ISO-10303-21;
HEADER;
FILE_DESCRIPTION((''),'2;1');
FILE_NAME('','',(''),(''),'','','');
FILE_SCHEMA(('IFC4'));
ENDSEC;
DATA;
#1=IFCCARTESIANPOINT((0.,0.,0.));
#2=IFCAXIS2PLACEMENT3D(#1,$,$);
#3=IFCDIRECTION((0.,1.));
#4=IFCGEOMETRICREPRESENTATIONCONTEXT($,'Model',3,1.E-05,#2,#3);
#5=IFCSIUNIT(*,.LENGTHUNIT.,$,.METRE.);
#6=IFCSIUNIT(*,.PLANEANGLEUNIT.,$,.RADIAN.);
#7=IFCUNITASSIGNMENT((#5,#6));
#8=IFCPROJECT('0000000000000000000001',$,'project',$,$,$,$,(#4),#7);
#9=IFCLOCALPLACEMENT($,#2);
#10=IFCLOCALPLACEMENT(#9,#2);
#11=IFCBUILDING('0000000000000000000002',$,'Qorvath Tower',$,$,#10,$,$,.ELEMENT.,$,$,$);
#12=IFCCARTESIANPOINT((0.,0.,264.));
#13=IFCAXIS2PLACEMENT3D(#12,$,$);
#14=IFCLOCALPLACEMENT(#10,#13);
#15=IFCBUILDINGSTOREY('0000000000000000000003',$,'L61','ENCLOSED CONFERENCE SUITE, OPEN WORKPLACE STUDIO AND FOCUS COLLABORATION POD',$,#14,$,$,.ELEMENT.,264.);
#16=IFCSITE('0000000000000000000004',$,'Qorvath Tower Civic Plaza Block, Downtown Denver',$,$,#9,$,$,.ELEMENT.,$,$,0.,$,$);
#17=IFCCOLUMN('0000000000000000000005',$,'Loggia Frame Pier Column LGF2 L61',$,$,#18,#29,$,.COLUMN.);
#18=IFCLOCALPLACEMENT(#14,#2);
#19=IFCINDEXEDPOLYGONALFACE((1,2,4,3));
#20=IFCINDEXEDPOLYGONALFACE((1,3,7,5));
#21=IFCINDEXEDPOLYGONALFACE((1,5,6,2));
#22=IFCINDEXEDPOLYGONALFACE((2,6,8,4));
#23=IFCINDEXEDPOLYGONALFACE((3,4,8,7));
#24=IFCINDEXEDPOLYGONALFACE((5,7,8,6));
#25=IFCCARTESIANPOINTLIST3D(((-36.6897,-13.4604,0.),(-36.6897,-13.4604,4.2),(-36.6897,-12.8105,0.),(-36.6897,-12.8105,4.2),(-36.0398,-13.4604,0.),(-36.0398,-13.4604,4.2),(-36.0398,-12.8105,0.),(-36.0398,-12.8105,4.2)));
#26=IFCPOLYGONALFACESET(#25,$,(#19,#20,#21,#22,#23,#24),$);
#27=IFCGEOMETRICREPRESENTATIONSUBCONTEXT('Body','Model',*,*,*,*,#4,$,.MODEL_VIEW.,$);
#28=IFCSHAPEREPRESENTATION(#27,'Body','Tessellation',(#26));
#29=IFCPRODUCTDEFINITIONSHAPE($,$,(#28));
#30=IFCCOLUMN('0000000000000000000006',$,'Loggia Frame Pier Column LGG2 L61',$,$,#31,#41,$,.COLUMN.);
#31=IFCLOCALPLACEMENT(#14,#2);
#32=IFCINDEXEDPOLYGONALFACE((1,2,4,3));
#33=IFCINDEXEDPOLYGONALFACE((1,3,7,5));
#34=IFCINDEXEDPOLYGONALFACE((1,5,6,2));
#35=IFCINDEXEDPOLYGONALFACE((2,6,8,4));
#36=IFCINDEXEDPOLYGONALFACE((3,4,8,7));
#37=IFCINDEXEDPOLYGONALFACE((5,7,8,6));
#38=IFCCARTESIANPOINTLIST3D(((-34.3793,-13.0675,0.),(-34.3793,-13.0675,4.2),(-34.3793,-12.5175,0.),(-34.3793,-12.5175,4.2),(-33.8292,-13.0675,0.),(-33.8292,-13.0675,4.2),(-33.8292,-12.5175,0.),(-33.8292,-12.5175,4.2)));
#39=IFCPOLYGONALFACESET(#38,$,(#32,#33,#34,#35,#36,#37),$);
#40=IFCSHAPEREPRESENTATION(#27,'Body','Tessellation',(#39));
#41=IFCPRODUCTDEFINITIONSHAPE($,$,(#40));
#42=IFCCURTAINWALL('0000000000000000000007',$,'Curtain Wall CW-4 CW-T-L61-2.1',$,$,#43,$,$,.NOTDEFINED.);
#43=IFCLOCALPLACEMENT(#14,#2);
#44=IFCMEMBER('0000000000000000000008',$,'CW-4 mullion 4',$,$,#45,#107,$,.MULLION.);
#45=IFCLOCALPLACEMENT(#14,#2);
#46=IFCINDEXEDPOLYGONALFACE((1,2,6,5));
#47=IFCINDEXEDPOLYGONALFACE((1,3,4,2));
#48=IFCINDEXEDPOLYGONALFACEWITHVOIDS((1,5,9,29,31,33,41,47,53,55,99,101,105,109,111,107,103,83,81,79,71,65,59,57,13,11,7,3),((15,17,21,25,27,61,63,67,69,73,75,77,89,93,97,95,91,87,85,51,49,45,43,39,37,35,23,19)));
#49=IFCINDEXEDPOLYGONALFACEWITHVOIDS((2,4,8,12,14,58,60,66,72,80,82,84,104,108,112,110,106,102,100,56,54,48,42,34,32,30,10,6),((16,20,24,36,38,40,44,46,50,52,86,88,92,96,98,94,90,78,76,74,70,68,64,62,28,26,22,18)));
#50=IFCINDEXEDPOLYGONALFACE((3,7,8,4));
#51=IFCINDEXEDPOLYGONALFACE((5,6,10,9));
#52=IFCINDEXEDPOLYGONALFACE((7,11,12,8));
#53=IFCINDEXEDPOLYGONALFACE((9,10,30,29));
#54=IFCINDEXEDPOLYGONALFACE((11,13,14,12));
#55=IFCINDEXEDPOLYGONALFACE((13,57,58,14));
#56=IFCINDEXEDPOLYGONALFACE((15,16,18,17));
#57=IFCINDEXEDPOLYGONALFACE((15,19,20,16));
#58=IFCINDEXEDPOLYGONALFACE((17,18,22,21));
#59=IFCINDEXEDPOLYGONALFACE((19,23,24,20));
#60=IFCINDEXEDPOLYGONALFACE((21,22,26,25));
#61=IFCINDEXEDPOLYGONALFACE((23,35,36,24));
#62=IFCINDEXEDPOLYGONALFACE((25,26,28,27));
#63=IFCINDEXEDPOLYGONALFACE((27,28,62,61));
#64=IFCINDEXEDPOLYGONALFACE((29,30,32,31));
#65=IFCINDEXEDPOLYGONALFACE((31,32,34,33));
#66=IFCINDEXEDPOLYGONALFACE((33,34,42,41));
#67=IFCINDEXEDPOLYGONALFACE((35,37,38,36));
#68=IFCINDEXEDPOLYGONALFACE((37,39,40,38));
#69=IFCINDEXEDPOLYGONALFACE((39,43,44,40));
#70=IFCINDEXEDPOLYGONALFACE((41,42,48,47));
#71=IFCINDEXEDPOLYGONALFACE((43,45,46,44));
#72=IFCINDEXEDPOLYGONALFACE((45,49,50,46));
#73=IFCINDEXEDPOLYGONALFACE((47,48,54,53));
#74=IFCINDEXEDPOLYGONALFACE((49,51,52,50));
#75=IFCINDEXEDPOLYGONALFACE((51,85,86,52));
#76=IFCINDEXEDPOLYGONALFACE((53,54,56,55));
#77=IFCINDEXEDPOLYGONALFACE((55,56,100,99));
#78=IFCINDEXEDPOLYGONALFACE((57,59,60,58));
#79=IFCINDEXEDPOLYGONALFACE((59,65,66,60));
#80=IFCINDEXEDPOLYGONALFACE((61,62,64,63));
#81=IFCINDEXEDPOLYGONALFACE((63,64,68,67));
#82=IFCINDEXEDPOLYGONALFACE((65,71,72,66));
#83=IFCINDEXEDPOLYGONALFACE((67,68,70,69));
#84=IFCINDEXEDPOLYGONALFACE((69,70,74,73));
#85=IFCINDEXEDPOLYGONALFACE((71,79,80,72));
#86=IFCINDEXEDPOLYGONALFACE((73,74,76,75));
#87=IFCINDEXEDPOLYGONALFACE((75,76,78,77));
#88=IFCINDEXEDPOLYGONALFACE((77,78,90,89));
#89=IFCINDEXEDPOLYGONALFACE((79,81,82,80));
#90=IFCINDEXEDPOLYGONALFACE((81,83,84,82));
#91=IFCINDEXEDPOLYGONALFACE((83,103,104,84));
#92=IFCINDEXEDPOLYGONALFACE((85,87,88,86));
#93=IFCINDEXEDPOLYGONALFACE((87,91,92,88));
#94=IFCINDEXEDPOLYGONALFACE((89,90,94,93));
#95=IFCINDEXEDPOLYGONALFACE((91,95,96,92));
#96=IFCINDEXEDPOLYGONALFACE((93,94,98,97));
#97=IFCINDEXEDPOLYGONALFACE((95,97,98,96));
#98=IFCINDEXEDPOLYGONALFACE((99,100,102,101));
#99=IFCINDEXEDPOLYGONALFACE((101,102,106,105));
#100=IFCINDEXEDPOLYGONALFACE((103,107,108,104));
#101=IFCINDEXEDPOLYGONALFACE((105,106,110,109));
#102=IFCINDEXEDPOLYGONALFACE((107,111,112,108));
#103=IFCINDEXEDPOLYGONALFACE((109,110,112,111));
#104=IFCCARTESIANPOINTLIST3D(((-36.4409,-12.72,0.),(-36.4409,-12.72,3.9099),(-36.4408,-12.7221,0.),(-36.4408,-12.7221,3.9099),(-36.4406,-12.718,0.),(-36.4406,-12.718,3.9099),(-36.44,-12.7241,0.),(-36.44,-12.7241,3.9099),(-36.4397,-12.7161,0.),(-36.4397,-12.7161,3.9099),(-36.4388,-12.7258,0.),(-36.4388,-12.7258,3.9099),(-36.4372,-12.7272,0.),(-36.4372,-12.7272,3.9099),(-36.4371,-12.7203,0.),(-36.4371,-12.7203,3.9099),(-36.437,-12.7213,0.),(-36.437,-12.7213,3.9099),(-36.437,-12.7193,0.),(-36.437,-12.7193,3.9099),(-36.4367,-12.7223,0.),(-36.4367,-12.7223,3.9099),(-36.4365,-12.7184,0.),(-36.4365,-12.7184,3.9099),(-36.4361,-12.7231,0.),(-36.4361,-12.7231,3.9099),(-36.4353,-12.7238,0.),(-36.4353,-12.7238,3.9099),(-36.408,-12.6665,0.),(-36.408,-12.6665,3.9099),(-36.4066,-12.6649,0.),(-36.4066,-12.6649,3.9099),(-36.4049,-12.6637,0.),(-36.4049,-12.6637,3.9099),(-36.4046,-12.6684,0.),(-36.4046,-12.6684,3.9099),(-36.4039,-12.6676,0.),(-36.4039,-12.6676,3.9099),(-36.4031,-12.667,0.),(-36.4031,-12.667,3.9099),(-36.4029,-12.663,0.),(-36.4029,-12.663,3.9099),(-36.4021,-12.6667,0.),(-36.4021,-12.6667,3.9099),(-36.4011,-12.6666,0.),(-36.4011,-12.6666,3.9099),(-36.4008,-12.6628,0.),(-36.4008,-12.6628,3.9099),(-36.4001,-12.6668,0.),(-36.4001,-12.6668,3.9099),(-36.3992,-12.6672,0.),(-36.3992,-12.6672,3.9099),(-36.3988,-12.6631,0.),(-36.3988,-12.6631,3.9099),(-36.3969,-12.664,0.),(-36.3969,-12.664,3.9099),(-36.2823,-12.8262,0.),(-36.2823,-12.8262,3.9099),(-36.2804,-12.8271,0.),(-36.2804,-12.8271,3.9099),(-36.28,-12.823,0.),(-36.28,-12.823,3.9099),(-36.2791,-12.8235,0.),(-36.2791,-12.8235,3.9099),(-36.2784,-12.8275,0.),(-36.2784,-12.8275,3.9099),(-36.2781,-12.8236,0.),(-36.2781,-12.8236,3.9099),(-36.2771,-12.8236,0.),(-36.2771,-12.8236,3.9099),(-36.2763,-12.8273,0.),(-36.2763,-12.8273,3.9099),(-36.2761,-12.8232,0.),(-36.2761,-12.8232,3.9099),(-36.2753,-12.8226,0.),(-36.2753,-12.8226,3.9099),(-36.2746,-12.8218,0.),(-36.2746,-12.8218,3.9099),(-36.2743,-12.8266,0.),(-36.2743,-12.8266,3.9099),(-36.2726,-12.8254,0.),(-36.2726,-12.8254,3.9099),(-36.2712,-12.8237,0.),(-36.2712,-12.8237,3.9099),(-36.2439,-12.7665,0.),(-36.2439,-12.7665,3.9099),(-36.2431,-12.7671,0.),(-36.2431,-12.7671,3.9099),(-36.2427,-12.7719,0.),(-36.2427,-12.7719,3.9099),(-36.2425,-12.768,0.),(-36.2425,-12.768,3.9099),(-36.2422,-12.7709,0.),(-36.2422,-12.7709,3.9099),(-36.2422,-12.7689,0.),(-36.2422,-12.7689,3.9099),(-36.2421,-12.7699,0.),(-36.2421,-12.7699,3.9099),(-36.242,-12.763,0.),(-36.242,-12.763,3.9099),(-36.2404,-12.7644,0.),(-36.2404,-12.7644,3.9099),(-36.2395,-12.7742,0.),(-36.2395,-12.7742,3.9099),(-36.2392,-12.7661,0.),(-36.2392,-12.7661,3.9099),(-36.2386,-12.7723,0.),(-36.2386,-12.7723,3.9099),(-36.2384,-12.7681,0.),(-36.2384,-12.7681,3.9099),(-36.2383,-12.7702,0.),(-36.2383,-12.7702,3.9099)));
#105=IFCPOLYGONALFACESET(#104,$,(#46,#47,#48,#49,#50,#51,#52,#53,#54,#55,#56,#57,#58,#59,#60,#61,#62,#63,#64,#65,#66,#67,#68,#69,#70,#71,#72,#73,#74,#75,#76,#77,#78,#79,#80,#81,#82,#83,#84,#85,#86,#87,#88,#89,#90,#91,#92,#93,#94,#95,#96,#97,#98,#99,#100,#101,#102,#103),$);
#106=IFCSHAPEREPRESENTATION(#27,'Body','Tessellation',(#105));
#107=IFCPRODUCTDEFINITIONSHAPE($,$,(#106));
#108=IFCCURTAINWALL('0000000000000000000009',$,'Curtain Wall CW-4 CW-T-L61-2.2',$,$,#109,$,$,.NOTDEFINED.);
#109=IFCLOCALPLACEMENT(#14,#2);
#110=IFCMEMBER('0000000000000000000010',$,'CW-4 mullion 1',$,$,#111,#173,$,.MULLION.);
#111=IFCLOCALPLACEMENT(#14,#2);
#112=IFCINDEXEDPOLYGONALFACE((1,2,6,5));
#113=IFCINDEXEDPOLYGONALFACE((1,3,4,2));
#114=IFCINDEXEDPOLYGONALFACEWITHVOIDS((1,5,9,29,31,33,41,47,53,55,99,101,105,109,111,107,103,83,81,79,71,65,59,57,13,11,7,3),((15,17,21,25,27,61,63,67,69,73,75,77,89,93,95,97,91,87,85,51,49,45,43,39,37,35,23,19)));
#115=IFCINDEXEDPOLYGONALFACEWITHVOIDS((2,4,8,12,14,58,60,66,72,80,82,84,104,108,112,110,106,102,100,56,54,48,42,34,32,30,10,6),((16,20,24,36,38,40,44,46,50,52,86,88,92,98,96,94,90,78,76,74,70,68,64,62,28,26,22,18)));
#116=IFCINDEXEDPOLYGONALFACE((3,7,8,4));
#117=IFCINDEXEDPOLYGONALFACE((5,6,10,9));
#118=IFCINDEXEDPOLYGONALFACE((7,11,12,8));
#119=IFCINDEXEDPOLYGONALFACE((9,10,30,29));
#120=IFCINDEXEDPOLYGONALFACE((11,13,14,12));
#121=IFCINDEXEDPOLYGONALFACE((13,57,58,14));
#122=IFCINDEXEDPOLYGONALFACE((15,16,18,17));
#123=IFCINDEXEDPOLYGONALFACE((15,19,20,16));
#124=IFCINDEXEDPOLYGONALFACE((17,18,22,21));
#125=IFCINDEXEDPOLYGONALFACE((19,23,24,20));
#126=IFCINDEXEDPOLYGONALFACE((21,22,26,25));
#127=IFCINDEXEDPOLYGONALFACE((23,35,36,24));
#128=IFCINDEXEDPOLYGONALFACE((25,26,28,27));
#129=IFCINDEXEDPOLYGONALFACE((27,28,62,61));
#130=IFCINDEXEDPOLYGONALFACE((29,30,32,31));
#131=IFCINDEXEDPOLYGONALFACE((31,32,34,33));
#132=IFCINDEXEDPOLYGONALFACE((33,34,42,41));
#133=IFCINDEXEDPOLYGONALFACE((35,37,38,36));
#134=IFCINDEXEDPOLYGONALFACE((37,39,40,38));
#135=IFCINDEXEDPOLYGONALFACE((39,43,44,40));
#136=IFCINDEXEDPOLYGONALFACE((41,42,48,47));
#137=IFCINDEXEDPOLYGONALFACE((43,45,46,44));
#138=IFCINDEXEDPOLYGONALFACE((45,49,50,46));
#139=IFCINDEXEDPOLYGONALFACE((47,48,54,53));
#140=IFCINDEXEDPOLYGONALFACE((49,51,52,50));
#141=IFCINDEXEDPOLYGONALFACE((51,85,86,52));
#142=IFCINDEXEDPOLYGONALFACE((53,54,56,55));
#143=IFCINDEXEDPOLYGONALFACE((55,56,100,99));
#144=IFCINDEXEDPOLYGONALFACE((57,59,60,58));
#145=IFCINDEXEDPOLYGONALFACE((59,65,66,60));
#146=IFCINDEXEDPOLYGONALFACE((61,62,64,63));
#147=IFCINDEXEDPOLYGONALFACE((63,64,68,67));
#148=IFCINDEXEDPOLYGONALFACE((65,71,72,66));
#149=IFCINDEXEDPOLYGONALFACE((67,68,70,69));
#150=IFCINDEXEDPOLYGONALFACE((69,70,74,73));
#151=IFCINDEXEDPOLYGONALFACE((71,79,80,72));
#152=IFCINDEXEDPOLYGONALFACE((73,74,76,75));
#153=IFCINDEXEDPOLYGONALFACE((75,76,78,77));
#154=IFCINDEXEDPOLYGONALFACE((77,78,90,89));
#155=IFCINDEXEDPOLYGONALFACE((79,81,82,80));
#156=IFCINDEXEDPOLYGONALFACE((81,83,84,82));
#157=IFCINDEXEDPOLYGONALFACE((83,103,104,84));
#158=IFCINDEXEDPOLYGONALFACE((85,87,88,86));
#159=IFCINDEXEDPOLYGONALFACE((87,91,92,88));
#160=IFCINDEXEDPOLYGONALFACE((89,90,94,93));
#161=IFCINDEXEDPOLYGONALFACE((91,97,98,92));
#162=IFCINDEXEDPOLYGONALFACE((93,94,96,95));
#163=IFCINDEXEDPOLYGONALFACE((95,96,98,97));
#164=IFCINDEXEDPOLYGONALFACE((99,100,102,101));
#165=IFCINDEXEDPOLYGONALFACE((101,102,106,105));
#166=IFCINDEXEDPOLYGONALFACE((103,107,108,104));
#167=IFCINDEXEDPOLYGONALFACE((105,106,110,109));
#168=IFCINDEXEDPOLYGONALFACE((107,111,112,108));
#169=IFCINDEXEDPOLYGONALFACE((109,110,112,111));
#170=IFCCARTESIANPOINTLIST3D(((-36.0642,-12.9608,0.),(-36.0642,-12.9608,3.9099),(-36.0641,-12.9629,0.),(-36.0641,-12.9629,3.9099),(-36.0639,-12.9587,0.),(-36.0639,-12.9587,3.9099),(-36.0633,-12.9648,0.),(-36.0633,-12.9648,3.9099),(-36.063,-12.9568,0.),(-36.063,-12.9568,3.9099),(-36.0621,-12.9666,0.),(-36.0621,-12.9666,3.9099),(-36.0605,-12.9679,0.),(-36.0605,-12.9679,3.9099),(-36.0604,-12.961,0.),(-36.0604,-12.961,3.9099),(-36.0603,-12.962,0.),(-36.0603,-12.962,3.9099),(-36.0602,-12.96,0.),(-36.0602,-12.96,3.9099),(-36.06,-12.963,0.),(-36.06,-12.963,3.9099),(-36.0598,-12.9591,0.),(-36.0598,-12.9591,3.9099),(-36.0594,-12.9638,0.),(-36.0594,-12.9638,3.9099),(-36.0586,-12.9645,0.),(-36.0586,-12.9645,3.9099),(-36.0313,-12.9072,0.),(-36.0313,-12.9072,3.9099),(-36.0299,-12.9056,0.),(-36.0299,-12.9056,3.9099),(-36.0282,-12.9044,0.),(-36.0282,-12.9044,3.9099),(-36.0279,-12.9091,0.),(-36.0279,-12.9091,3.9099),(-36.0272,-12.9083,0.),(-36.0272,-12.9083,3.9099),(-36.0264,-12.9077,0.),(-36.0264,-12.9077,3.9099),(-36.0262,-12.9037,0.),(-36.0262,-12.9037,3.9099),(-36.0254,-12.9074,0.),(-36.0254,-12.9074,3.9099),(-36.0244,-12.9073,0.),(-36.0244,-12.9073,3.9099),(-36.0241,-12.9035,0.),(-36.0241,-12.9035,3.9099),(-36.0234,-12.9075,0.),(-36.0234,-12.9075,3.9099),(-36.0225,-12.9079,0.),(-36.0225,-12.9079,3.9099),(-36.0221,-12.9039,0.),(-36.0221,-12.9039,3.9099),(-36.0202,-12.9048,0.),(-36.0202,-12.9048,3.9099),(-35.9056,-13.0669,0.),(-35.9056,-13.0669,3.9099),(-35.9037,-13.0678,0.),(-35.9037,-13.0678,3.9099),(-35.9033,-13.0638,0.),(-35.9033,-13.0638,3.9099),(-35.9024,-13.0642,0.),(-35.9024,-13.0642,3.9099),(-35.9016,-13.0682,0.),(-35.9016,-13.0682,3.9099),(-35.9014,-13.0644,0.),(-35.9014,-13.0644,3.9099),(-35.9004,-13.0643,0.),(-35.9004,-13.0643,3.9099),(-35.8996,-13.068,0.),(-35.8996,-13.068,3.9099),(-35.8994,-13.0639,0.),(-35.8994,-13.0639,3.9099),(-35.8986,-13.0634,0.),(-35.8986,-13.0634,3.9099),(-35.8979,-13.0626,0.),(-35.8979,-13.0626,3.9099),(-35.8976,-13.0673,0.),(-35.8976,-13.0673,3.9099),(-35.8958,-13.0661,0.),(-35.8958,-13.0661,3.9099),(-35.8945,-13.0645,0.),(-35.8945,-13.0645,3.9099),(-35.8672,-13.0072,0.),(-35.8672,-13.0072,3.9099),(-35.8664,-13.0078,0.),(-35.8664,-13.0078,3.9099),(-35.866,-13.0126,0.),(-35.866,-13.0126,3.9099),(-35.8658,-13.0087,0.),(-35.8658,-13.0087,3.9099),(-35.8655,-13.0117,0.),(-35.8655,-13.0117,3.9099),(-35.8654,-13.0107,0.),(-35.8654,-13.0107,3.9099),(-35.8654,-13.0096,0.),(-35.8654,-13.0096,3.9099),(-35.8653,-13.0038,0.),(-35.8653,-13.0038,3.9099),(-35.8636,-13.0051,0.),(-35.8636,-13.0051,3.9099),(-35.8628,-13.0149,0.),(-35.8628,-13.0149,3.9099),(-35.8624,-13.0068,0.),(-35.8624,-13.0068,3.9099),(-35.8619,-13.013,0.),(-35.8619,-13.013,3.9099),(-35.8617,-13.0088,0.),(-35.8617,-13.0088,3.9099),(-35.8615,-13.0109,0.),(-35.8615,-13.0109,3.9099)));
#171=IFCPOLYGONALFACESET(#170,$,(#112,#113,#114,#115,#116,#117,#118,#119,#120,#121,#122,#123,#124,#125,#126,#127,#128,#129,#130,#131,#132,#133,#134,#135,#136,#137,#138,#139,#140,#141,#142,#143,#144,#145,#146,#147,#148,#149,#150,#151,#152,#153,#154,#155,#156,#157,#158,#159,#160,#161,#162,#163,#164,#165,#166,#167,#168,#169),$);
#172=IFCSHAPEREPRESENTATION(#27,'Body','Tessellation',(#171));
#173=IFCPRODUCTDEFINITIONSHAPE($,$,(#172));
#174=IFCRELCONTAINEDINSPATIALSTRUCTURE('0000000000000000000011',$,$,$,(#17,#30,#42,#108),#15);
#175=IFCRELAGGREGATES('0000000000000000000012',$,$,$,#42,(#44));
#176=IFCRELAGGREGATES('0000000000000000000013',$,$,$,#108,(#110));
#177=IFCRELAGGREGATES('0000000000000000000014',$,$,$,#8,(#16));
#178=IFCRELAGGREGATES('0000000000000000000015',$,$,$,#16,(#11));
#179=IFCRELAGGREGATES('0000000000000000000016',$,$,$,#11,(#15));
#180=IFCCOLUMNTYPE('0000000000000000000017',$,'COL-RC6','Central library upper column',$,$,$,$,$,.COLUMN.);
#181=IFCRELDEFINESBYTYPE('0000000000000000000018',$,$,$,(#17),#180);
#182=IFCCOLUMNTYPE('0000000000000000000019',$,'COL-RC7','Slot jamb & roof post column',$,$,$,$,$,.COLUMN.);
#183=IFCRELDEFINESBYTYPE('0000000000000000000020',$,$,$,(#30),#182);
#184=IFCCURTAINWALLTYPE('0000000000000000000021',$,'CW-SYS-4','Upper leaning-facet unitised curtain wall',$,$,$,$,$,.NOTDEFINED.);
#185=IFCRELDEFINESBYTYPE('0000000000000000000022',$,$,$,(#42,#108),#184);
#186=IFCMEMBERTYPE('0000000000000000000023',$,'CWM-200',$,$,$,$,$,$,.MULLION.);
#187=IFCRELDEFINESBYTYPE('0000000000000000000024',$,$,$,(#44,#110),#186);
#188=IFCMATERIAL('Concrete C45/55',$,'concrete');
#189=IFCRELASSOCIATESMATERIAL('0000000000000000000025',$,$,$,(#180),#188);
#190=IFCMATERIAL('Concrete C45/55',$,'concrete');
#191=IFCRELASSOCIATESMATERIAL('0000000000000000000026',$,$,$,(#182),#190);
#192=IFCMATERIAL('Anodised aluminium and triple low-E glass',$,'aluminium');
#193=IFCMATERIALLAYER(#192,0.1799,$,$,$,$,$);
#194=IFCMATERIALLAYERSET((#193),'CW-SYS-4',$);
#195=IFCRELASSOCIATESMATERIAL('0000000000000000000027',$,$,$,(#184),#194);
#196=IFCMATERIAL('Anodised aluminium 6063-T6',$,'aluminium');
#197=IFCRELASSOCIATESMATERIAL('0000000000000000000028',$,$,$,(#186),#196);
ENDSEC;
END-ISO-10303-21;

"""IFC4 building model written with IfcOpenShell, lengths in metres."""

from ifc_helpers import new_model, si_unit, direction, frame, origin, origin_2d, place, context, subcontext, project, spatial, rectangle, hollow_rectangle, extrude, material, layer, layer_set, material_profile, profile_set, type_object, element, aggregate, save


model = new_model("IFC4")

# Units and contexts
model_context = context("Model", 3, precision=1e-05, world=origin(), true_north=direction((0.0, 1.0)))
body_context = subcontext(model_context, "Body", "Model", "MODEL_VIEW")
ifc_project = project(units=[si_unit("LENGTHUNIT", "METRE"), si_unit("PLANEANGLEUNIT", "RADIAN")], contexts=[model_context])

# Site, building, storey
site_placement = place(None, origin())
site = spatial("IfcSite", under=ifc_project, at=site_placement, Name="Qorvath Tower Civic Plaza Block, Downtown Denver", CompositionType="ELEMENT", RefElevation=0.0)
building_placement = place(site_placement, origin())
building = spatial("IfcBuilding", under=site, at=building_placement, Name="Qorvath Tower", CompositionType="ELEMENT")
storey_placement = place(building_placement, frame((0.0, 0.0, 264.0)))
storey = spatial("IfcBuildingStorey", under=building, at=storey_placement, Name="L61", Description="ENCLOSED CONFERENCE SUITE, OPEN WORKPLACE STUDIO AND FOCUS COLLABORATION POD", CompositionType="ELEMENT", Elevation=264.0)

# Columns
ifc_material_1 = material(Name="Concrete C45/55", Category="concrete")
ifc_material_profile_1 = material_profile(ifc_material_1, rectangle(XDim=0.6499, YDim=0.6499, at=origin_2d()), Name="RC 650x650")
ifc_profile_set_1 = profile_set([ifc_material_profile_1], Name="Concrete C45/55")
column_type_1 = type_object("IfcColumnType", Name="COL-RC6", Description="Central library upper column", PredefinedType="COLUMN", material=ifc_profile_set_1)
column_1_placement = place(storey_placement, frame((-36.3647, -13.1355, 0.0), z_axis=(0.0, 0.0, 1.0), x_axis=(1.0, 0.0, 0.0)))
element("IfcColumn", 1, at=column_1_placement, inside=storey, type_object=column_type_1, Name="Loggia Frame Pier Column LGF2 L61", PredefinedType="COLUMN", context=body_context, shape_type="SweptSolid", body=[
    extrude(rectangle(XDim=0.6499, YDim=0.6499, at=origin_2d()), origin(), (0.0, 0.0, 1.0), 4.2),
])
ifc_material_2 = material(Name="Concrete C45/55", Category="concrete")
ifc_material_profile_2 = material_profile(ifc_material_2, rectangle(XDim=0.55, YDim=0.55, at=origin_2d()), Name="RC 550x550")
ifc_profile_set_2 = profile_set([ifc_material_profile_2], Name="Concrete C45/55")
column_type_2 = type_object("IfcColumnType", Name="COL-RC7", Description="Slot jamb & roof post column", PredefinedType="COLUMN", material=ifc_profile_set_2)
column_2_placement = place(storey_placement, frame((-34.1042, -12.7925, 0.0), z_axis=(0.0, 0.0, 1.0), x_axis=(1.0, 0.0, 0.0)))
element("IfcColumn", 2, at=column_2_placement, inside=storey, type_object=column_type_2, Name="Loggia Frame Pier Column LGG2 L61", PredefinedType="COLUMN", context=body_context, shape_type="SweptSolid", body=[
    extrude(rectangle(XDim=0.55, YDim=0.55, at=origin_2d()), origin(), (0.0, 0.0, 1.0), 4.2),
])

# Curtain wall, member
ifc_material_3 = material(Name="Anodised aluminium and triple low-E glass", Category="aluminium")
ifc_layer_1 = layer(ifc_material_3, 0.1799)
ifc_layer_set_1 = layer_set([ifc_layer_1], Name="CW-SYS-4")
curtain_wall_type = type_object("IfcCurtainWallType", Name="CW-SYS-4", Description="Upper leaning-facet unitised curtain wall", PredefinedType="NOTDEFINED", material=ifc_layer_set_1)
curtain_wall_1_placement = place(storey_placement, origin())
curtain_wall_1 = element("IfcCurtainWall", 3, at=curtain_wall_1_placement, inside=storey, type_object=curtain_wall_type, Name="Curtain Wall CW-4 CW-T-L61-2.1", PredefinedType="NOTDEFINED")
ifc_material_4 = material(Name="Anodised aluminium 6063-T6", Category="aluminium")
ifc_material_profile_3 = material_profile(ifc_material_4, hollow_rectangle(XDim=0.075, YDim=0.2, WallThickness=0.0039, InnerFilletRadius=0.0039, OuterFilletRadius=0.0081, at=origin_2d()), Name="CWM 200x75")
ifc_profile_set_3 = profile_set([ifc_material_profile_3], Name="Anodised aluminium 6063-T6")
member_type_1 = type_object("IfcMemberType", Name="CWM-200", PredefinedType="MULLION", material=ifc_profile_set_3)
member_1_placement = place(storey_placement, frame((-36.3396, -12.7451, 0.0), z_axis=(0.0, 0.0, 1.0), x_axis=(0.538529, 0.842607, 0.0)))
member_1 = element("IfcMember", 4, at=member_1_placement, type_object=member_type_1, Name="CW-4 mullion 4", PredefinedType="MULLION", context=body_context, shape_type="SweptSolid", body=[
    extrude(hollow_rectangle(XDim=0.075, YDim=0.2, WallThickness=0.0039, InnerFilletRadius=0.0039, OuterFilletRadius=0.0081, at=origin_2d()), origin(), (0.0, 0.0, 1.0), 3.9099),
])
aggregate(curtain_wall_1, [member_1])

# Curtain wall, member
curtain_wall_2_placement = place(storey_placement, origin())
curtain_wall_2 = element("IfcCurtainWall", 5, at=curtain_wall_2_placement, inside=storey, type_object=curtain_wall_type, Name="Curtain Wall CW-4 CW-T-L61-2.2", PredefinedType="NOTDEFINED")
member_2_placement = place(storey_placement, frame((-35.9629, -12.9858, 0.0), z_axis=(0.0, 0.0, 1.0), x_axis=(0.538536, 0.842602, 0.0)))
member_2 = element("IfcMember", 6, at=member_2_placement, type_object=member_type_1, Name="CW-4 mullion 1", PredefinedType="MULLION", context=body_context, shape_type="SweptSolid", body=[
    extrude(hollow_rectangle(XDim=0.075, YDim=0.2, WallThickness=0.0039, InnerFilletRadius=0.0039, OuterFilletRadius=0.0081, at=origin_2d()), origin(), (0.0, 0.0, 1.0), 3.9099),
])
aggregate(curtain_wall_2, [member_2])

save(model, "model.ifc")
